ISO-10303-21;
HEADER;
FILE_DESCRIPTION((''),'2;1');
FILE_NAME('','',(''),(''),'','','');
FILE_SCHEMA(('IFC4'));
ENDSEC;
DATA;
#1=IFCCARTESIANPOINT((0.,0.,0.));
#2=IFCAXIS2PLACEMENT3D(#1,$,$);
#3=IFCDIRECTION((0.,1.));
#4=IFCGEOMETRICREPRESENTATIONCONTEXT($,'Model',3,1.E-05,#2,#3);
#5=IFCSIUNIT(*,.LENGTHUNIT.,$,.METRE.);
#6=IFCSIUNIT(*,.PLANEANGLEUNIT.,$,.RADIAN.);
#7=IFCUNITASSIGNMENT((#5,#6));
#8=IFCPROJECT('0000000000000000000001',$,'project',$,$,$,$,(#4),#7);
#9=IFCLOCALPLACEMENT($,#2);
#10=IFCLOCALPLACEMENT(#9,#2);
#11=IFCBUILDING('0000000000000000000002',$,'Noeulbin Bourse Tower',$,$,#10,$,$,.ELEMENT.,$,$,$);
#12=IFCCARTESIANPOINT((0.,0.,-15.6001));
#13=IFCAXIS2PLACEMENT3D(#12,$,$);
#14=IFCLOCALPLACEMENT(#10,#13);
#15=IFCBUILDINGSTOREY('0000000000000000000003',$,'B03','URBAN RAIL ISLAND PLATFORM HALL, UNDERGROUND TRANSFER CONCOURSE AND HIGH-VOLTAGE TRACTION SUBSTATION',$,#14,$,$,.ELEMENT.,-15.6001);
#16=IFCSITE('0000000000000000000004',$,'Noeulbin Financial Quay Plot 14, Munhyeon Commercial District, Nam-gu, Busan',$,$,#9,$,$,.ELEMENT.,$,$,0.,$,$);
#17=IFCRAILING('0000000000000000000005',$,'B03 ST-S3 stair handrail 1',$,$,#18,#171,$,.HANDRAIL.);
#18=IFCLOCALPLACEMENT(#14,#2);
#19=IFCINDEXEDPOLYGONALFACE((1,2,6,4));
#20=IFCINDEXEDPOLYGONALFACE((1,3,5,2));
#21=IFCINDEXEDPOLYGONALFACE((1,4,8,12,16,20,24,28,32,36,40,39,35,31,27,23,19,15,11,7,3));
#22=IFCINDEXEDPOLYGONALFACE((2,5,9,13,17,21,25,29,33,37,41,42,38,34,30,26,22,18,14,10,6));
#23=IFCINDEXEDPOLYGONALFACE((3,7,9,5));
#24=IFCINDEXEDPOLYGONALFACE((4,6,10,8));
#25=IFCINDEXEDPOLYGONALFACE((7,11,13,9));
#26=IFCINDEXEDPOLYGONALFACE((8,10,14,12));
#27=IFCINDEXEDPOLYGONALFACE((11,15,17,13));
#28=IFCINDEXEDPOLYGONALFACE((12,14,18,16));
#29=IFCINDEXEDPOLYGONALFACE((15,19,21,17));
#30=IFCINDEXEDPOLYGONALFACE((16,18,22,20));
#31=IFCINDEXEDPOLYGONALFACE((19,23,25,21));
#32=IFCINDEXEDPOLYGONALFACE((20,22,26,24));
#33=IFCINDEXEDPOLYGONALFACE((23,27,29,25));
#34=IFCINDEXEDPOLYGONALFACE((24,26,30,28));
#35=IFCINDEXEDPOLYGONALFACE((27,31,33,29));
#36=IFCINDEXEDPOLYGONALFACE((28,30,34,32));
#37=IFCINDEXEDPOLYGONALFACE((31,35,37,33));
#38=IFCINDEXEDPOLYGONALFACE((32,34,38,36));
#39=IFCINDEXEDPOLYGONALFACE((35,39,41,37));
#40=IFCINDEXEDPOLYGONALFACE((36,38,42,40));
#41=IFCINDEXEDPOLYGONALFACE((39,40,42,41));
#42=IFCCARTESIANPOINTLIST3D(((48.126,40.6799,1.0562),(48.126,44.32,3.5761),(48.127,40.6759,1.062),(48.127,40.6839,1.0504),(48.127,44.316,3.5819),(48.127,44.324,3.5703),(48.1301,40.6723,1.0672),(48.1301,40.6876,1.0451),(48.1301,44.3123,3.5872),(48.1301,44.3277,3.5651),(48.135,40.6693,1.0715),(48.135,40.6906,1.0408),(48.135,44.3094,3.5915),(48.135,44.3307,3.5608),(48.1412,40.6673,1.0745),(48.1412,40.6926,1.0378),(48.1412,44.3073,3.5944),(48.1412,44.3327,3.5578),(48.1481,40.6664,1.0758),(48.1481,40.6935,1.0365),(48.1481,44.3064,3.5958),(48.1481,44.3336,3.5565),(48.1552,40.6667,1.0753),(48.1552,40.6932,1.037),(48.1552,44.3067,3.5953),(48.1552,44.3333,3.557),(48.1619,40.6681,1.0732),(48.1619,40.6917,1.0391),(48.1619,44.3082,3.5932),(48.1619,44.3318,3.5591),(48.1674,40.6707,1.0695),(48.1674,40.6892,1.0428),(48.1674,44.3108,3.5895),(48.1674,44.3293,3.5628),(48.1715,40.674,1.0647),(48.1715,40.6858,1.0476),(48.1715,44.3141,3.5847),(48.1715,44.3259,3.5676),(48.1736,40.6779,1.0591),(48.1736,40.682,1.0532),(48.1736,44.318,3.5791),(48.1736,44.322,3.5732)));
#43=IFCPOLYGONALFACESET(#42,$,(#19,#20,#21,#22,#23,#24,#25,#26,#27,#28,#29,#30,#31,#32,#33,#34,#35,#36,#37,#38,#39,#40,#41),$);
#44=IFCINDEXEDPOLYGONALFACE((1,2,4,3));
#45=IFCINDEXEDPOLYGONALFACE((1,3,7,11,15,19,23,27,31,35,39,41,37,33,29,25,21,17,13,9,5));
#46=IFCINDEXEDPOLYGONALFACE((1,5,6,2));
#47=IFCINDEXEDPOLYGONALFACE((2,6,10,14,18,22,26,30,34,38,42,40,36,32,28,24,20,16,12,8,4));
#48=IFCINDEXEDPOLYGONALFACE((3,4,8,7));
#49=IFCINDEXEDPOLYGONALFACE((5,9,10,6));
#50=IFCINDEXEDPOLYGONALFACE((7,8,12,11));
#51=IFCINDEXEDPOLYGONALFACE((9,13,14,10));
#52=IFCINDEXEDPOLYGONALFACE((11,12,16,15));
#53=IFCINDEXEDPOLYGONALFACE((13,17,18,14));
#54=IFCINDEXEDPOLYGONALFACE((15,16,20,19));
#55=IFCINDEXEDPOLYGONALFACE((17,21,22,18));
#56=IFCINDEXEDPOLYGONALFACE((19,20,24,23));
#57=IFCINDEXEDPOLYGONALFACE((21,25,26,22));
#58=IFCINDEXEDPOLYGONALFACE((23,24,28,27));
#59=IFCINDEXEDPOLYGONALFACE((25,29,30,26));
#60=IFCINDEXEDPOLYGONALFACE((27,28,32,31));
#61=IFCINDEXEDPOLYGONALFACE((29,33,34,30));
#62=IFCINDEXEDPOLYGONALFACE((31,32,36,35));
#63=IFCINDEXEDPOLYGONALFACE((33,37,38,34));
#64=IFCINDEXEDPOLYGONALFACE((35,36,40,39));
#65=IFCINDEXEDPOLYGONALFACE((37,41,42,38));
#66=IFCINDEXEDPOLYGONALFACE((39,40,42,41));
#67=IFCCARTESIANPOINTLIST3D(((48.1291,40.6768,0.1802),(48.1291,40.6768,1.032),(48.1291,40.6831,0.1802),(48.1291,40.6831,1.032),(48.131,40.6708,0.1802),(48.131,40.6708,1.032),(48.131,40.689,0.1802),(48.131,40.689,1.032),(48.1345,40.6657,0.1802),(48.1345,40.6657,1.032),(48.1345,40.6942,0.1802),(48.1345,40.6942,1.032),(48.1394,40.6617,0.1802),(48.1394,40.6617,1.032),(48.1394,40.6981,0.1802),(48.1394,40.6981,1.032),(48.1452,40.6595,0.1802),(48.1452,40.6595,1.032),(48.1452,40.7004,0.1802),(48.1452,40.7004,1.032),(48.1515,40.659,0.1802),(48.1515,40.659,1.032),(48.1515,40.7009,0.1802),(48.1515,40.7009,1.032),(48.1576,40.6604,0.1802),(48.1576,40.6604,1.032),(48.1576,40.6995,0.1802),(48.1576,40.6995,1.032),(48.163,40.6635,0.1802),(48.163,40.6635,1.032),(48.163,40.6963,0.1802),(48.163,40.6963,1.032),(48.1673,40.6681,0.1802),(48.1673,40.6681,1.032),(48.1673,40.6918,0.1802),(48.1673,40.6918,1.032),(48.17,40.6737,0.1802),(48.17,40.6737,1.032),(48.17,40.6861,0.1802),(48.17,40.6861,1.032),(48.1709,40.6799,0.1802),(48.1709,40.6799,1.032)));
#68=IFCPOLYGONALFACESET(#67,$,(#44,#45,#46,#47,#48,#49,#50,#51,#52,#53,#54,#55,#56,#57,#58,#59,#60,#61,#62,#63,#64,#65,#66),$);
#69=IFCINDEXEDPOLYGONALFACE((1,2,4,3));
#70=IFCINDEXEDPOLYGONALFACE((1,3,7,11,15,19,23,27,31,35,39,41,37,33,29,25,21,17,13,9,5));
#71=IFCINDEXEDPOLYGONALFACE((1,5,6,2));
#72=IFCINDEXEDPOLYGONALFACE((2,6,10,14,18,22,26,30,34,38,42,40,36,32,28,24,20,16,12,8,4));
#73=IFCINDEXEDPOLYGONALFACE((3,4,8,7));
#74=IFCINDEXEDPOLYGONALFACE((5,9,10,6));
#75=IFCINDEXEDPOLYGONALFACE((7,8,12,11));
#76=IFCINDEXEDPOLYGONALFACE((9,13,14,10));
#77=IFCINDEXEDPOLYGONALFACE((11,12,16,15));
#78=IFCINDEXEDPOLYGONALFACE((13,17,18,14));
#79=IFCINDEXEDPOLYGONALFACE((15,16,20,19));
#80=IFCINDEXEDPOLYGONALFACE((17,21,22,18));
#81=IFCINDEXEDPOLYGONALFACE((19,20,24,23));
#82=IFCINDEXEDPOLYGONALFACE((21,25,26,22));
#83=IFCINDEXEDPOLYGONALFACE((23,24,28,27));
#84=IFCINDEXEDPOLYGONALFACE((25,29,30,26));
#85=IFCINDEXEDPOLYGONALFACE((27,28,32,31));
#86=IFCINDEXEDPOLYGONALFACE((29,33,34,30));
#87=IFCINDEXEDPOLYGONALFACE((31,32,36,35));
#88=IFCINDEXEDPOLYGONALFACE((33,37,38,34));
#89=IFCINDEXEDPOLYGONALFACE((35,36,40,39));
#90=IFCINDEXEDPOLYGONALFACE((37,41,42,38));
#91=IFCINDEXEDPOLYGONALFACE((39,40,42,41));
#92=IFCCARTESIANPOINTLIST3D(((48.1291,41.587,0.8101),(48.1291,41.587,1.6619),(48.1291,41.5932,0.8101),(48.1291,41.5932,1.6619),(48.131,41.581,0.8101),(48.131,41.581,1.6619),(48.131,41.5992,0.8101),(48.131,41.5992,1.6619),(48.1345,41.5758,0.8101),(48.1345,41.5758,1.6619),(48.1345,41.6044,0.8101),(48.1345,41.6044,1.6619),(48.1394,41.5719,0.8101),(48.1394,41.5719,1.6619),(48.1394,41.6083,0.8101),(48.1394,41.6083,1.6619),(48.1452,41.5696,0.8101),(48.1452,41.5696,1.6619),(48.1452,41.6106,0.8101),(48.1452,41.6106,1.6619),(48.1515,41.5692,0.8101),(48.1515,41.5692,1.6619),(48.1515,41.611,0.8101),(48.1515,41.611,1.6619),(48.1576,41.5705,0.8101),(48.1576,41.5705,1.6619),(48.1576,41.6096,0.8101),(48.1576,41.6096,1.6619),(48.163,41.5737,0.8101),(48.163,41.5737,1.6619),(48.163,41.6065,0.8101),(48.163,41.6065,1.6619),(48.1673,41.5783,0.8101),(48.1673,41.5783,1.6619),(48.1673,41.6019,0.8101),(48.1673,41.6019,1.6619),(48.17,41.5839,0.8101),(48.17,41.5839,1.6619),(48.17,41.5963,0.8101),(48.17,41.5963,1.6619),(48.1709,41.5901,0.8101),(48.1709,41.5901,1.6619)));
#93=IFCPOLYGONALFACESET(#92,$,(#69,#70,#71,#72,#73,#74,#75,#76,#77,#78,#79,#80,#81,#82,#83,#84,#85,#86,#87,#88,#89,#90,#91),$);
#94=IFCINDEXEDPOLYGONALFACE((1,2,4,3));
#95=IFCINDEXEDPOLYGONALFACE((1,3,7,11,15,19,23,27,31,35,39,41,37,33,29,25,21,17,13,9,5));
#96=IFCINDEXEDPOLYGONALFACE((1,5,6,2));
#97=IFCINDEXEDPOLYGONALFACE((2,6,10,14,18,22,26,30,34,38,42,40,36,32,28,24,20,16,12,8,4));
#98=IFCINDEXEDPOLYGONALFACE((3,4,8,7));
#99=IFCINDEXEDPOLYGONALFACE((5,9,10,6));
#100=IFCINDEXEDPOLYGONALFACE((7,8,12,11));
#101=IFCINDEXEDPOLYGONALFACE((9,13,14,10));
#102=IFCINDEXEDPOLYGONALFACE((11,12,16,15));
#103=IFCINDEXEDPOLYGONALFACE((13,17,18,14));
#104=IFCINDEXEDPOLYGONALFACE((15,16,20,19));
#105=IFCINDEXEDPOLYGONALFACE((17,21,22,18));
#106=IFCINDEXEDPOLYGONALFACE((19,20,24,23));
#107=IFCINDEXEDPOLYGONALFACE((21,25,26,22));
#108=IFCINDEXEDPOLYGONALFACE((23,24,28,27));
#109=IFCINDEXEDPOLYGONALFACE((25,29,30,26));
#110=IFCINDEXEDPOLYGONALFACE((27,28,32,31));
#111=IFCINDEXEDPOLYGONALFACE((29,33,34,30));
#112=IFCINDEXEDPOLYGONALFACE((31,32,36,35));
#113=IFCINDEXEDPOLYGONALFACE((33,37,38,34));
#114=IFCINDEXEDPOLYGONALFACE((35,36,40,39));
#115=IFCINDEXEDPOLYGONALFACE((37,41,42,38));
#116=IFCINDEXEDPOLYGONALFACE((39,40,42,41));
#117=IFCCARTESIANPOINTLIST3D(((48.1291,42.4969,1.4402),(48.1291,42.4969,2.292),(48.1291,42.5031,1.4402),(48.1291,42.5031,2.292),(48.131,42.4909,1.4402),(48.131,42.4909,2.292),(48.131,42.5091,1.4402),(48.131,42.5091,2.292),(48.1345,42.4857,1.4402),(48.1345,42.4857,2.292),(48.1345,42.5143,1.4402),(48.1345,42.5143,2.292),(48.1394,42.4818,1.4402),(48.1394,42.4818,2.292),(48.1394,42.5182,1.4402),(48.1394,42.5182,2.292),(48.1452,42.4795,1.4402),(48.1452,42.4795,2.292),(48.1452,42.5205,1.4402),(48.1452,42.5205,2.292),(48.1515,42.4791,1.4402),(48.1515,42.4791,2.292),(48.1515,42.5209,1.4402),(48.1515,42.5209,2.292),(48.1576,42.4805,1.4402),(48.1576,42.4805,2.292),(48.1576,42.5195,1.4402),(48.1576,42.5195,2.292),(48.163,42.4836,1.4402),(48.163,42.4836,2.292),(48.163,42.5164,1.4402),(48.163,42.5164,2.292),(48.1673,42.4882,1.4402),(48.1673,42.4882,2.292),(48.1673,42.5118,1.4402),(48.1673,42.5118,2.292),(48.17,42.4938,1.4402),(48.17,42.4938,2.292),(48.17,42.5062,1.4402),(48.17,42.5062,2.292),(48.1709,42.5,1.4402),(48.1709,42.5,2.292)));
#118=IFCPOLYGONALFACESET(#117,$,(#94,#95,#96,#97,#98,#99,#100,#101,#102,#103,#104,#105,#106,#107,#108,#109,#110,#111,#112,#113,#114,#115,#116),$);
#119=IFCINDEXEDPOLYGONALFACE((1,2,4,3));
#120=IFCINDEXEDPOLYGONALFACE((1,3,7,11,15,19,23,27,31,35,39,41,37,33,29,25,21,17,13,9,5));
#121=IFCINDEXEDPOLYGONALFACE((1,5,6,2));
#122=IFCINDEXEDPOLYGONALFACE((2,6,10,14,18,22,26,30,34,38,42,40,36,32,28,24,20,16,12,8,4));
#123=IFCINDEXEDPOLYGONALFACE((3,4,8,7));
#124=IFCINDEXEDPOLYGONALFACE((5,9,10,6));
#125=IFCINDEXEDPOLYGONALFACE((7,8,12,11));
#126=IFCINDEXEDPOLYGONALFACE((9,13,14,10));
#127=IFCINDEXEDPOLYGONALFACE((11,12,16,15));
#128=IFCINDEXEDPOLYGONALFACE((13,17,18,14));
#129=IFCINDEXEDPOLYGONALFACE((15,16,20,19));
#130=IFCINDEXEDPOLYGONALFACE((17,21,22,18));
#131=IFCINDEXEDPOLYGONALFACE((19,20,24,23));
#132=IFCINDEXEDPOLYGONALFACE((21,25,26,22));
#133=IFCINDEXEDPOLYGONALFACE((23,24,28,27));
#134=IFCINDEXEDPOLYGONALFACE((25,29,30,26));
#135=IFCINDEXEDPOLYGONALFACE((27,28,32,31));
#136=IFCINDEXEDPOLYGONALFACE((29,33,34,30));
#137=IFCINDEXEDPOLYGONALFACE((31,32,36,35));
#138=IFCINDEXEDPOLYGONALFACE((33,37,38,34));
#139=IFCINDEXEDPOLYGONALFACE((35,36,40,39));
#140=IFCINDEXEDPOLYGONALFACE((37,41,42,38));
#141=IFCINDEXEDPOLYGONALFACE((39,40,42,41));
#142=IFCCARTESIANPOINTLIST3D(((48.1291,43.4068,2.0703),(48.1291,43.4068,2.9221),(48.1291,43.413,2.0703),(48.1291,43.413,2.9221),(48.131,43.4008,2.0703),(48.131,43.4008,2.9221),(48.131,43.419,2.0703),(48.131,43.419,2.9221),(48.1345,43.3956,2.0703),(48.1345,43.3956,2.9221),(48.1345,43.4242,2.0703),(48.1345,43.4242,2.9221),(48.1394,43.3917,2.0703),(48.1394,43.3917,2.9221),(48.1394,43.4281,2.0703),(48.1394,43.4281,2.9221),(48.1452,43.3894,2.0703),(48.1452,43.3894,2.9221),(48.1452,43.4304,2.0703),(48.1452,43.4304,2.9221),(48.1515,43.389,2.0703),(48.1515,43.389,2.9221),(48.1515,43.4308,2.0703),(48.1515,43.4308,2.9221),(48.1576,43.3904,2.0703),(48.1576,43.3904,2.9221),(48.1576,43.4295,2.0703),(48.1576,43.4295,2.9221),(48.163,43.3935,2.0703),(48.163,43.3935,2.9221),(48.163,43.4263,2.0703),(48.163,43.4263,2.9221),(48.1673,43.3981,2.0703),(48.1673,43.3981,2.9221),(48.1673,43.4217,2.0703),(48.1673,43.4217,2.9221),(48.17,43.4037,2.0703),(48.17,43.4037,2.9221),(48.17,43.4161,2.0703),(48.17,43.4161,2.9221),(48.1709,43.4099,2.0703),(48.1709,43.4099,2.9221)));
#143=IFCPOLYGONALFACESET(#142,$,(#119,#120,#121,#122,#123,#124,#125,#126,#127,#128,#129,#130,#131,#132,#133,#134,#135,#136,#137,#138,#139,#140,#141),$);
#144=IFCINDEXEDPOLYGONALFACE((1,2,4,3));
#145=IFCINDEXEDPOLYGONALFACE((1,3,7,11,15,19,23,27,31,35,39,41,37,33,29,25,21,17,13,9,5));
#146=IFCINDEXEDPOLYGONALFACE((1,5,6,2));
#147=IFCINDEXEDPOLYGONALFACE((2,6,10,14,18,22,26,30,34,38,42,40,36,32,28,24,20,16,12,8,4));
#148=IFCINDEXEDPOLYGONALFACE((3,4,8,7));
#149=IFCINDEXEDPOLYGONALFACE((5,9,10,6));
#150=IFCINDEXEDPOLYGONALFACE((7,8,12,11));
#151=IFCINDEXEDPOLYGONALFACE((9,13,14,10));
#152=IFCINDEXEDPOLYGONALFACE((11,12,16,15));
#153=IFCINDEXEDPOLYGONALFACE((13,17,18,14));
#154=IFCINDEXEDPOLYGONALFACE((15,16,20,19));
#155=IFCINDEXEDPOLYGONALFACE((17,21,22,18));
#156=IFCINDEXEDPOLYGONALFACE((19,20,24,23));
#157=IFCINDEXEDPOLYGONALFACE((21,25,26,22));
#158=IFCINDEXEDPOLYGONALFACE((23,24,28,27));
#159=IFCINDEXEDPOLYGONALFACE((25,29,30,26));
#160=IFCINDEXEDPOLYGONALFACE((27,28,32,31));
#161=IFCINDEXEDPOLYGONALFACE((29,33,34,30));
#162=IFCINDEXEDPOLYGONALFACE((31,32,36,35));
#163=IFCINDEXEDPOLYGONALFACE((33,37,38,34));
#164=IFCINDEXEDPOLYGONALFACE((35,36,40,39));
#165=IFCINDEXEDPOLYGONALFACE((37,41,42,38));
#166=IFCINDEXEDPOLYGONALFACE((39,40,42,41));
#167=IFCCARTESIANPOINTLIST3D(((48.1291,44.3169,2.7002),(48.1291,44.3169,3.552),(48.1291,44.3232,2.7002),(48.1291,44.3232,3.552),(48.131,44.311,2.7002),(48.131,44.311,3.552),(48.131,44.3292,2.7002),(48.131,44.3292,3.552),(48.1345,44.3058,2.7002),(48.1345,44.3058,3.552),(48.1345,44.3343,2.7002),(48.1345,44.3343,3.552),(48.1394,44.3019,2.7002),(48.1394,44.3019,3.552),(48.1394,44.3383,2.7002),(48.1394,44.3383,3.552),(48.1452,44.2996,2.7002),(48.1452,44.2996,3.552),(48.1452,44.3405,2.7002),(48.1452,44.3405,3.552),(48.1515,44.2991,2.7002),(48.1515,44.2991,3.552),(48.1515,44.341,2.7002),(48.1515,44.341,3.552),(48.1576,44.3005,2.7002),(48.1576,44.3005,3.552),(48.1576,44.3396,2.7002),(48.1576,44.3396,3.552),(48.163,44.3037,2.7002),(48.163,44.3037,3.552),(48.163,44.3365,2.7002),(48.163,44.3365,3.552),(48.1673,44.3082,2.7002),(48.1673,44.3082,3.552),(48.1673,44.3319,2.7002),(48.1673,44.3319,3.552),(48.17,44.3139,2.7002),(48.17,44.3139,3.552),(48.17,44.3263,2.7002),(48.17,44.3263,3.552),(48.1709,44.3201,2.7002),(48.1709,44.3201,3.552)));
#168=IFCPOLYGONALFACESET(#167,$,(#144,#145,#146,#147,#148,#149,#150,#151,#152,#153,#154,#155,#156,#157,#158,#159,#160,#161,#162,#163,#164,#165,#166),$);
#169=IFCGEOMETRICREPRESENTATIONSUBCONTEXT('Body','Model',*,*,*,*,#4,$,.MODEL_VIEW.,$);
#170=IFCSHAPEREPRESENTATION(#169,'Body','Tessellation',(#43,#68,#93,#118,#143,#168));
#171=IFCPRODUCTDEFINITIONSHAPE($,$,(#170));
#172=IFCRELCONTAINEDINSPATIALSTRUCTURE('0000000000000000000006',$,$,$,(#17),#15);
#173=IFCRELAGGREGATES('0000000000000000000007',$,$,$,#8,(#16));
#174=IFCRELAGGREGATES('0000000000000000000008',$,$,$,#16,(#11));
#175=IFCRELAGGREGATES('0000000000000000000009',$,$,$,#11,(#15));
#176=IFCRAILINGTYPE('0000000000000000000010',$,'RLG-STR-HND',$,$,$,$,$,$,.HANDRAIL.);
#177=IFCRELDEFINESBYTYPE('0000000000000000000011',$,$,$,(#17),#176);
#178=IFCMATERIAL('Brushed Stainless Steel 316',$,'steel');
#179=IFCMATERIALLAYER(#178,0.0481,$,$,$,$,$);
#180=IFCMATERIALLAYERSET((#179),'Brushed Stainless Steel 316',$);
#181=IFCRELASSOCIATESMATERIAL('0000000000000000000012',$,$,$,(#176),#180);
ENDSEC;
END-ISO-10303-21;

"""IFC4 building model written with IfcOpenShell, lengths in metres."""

from ifc_helpers import new_model, si_unit, direction, frame, origin, origin_2d, place, context, subcontext, project, spatial, circle, extrude, material, layer, layer_set, type_object, element, save


model = new_model("IFC4")

# Units and contexts
model_context = context("Model", 3, precision=1e-05, world=origin(), true_north=direction((0.0, 1.0)))
body_context = subcontext(model_context, "Body", "Model", "MODEL_VIEW")
ifc_project = project(units=[si_unit("LENGTHUNIT", "METRE"), si_unit("PLANEANGLEUNIT", "RADIAN")], contexts=[model_context])

# Site, building, storey
site_placement = place(None, origin())
site = spatial("IfcSite", under=ifc_project, at=site_placement, Name="Noeulbin Financial Quay Plot 14, Munhyeon Commercial District, Nam-gu, Busan", CompositionType="ELEMENT", RefElevation=0.0)
building_placement = place(site_placement, origin())
building = spatial("IfcBuilding", under=site, at=building_placement, Name="Noeulbin Bourse Tower", CompositionType="ELEMENT")
storey_placement = place(building_placement, frame((0.0, 0.0, -15.6001)))
storey = spatial("IfcBuildingStorey", under=building, at=storey_placement, Name="B03", Description="URBAN RAIL ISLAND PLATFORM HALL, UNDERGROUND TRANSFER CONCOURSE AND HIGH-VOLTAGE TRACTION SUBSTATION", CompositionType="ELEMENT", Elevation=-15.6001)

# Railing
ifc_material_1 = material(Name="Brushed Stainless Steel 316", Category="steel")
ifc_layer_1 = layer(ifc_material_1, 0.0481)
ifc_layer_set_1 = layer_set([ifc_layer_1], Name="Brushed Stainless Steel 316")
railing_type = type_object("IfcRailingType", Name="RLG-STR-HND", PredefinedType="HANDRAIL", material=ifc_layer_set_1)
railing_placement = place(storey_placement, frame((48.1499, 40.6799, 0.1802)))
element("IfcRailing", 1, at=railing_placement, inside=storey, type_object=railing_type, Name="B03 ST-S3 stair handrail 1", PredefinedType="HANDRAIL", context=body_context, shape_type="SweptSolid", body=[
    extrude(circle(Radius=0.0239, at=origin_2d()), frame((0.0, 0.0, 0.876), z_axis=(0.0, 0.8222, 0.569199), x_axis=(-1.0, 0.0, 0.0)), (0.0, 0.0, 1.0), 4.4272),
    extrude(circle(Radius=0.021, at=origin_2d()), origin(), (0.0, 0.0, 1.0), 0.8518),
    extrude(circle(Radius=0.021, at=origin_2d()), frame((0.0, 0.9102, 0.6299)), (0.0, 0.0, 1.0), 0.8518),
    extrude(circle(Radius=0.021, at=origin_2d()), frame((0.0, 1.8201, 1.26)), (0.0, 0.0, 1.0), 0.8518),
    extrude(circle(Radius=0.021, at=origin_2d()), frame((0.0, 2.73, 1.8901)), (0.0, 0.0, 1.0), 0.8518),
    extrude(circle(Radius=0.021, at=origin_2d()), frame((0.0, 3.6401, 2.52)), (0.0, 0.0, 1.0), 0.8518),
])

save(model, "model.ifc")
